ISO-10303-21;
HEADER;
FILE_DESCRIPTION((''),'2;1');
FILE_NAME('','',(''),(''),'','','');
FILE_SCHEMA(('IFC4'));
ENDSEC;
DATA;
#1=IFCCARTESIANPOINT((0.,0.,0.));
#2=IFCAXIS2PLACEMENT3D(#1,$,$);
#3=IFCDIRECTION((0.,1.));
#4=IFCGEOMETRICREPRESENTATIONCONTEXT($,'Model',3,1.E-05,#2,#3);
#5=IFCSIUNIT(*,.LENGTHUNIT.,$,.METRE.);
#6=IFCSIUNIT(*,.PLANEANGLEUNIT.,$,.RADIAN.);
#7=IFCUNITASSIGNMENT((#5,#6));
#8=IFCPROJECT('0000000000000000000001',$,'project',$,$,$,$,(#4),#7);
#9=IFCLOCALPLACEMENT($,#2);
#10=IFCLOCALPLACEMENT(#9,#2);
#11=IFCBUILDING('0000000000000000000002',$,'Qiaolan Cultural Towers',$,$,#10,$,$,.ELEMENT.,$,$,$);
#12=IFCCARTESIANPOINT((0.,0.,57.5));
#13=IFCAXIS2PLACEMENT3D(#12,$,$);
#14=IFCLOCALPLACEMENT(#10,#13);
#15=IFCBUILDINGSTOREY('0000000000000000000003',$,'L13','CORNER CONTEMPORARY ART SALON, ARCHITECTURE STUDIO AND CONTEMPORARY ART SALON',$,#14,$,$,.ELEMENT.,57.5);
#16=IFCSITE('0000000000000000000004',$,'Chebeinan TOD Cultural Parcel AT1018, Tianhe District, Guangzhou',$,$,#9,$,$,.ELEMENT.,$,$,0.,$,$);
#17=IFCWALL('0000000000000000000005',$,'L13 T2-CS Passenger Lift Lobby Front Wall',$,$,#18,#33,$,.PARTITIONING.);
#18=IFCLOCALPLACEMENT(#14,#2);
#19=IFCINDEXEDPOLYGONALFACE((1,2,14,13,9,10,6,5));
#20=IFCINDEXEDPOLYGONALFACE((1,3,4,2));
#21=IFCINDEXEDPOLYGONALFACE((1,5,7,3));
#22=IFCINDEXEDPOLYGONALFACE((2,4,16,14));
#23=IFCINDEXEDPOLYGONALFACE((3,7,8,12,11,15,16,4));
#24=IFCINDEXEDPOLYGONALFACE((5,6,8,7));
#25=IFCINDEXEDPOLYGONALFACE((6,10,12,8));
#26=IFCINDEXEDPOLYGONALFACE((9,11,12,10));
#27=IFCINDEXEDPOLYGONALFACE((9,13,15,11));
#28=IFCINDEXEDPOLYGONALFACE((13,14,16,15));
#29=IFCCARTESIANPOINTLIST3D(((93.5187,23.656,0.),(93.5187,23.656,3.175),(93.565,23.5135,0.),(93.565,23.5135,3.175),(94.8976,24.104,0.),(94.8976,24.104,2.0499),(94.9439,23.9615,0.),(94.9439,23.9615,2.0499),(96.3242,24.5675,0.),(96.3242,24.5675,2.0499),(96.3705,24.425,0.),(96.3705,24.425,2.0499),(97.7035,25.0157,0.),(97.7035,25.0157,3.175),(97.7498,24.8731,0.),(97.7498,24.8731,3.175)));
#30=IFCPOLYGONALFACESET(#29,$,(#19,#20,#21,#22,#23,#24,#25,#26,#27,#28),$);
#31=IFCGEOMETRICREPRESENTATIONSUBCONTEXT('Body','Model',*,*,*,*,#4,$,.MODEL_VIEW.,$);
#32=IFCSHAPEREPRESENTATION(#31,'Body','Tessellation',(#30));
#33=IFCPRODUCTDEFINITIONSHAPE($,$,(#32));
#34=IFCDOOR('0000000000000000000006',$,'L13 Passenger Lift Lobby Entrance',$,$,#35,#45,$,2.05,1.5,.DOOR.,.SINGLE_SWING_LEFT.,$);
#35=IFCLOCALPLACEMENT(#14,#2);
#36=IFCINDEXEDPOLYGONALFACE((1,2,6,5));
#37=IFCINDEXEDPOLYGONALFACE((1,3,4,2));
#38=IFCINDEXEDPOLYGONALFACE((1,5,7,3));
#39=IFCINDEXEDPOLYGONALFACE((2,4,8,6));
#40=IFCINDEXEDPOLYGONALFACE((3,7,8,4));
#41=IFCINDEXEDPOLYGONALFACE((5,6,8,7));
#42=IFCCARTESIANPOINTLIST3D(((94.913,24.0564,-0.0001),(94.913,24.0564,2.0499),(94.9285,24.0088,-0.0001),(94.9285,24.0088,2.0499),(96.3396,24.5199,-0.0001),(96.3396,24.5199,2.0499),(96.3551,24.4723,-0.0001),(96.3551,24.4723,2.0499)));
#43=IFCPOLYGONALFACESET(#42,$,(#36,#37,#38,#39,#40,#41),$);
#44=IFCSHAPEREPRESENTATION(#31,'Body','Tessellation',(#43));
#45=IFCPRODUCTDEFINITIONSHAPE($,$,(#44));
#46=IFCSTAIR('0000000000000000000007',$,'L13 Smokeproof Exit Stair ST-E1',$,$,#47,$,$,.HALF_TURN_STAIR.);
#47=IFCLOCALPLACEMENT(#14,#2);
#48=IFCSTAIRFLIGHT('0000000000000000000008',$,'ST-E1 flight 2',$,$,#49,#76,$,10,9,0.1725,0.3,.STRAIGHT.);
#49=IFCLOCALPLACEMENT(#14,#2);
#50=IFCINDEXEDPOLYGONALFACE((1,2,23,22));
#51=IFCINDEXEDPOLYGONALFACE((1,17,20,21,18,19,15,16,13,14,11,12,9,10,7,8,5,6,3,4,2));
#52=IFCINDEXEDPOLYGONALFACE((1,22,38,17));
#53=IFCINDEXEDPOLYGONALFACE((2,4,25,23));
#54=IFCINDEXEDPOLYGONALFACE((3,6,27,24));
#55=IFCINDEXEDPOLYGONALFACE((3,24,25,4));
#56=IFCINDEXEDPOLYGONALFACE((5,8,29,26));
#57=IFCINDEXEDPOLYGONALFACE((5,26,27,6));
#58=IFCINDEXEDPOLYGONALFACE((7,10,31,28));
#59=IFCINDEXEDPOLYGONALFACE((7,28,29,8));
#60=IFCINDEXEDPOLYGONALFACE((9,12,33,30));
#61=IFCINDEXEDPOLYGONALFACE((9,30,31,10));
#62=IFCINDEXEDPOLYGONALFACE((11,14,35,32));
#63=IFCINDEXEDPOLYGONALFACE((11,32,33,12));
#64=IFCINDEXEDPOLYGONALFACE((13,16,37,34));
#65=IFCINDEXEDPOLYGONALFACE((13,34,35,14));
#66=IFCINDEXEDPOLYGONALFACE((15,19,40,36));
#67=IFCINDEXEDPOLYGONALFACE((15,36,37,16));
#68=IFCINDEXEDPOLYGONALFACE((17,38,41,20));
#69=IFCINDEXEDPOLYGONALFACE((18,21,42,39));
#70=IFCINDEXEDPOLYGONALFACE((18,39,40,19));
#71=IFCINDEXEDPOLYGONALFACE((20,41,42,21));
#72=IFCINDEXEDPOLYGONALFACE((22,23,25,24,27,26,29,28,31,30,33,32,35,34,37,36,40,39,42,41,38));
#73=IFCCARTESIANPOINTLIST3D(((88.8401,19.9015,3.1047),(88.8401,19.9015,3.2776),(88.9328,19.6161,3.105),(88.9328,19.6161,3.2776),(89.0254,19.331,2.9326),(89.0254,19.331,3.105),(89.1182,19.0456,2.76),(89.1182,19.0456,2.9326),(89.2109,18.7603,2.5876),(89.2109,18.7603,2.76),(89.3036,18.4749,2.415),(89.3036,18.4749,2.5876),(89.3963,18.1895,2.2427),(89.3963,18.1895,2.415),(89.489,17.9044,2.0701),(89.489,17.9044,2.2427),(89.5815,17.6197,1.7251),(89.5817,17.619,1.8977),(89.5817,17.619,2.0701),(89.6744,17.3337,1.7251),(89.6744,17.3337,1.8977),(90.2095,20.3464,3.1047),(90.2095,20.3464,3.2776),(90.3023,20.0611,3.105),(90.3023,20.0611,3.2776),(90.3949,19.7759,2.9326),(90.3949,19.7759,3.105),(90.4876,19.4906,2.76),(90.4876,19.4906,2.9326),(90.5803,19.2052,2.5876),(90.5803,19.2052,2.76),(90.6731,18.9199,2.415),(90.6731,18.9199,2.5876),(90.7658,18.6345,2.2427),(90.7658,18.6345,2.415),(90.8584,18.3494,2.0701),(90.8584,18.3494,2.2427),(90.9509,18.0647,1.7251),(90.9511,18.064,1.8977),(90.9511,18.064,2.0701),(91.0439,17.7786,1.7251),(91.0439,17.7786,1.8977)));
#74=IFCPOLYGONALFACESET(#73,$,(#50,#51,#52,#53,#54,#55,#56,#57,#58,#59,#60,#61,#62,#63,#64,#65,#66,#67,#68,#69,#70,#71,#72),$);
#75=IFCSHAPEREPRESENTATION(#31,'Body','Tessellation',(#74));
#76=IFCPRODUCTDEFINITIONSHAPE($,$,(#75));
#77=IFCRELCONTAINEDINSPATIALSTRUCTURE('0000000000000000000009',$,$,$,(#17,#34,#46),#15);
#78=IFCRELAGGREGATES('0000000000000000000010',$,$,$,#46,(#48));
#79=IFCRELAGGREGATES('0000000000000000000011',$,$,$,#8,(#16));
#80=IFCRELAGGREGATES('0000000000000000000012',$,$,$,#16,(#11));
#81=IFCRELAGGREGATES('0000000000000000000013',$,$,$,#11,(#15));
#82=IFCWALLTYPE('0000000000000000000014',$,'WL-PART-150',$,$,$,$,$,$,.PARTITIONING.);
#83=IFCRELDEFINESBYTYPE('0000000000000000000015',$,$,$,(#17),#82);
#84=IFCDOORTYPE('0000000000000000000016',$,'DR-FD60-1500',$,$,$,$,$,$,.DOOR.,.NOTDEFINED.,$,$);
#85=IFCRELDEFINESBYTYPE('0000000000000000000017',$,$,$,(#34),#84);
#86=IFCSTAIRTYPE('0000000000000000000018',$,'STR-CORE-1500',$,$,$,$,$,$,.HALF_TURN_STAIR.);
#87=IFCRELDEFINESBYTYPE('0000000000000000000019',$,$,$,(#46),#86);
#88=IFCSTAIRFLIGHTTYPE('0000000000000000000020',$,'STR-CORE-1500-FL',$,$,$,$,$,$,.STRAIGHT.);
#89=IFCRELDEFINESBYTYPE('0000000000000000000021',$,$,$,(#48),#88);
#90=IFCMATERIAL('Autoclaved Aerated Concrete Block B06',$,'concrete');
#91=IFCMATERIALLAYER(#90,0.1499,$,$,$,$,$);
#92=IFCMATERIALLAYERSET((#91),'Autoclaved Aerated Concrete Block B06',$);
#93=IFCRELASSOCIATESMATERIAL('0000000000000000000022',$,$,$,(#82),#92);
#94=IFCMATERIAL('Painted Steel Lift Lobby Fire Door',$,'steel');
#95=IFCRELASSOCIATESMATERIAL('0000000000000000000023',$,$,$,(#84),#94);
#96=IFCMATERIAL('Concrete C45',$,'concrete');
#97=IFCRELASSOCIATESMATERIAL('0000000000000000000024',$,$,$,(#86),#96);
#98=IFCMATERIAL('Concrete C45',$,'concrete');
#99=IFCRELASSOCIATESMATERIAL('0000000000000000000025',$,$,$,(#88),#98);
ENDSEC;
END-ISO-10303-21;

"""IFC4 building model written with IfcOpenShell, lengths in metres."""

from ifc_helpers import new_model, si_unit, direction, frame, frame_2d, origin, place, context, subcontext, project, spatial, polyline, rectangle, outline, extrude, material, layer, layer_set, type_object, element, fill, aggregate, save


model = new_model("IFC4")

# Units and contexts
model_context = context("Model", 3, precision=1e-05, world=origin(), true_north=direction((0.0, 1.0)))
body_context = subcontext(model_context, "Body", "Model", "MODEL_VIEW")
ifc_project = project(units=[si_unit("LENGTHUNIT", "METRE"), si_unit("PLANEANGLEUNIT", "RADIAN")], contexts=[model_context])

# Site, building, storey
site_placement = place(None, origin())
site = spatial("IfcSite", under=ifc_project, at=site_placement, Name="Chebeinan TOD Cultural Parcel AT1018, Tianhe District, Guangzhou", CompositionType="ELEMENT", RefElevation=0.0)
building_placement = place(site_placement, origin())
building = spatial("IfcBuilding", under=site, at=building_placement, Name="Qiaolan Cultural Towers", CompositionType="ELEMENT")
storey_placement = place(building_placement, frame((0.0, 0.0, 57.5)))
storey = spatial("IfcBuildingStorey", under=building, at=storey_placement, Name="L13", Description="CORNER CONTEMPORARY ART SALON, ARCHITECTURE STUDIO AND CONTEMPORARY ART SALON", CompositionType="ELEMENT", Elevation=57.5)

# Wall, opening, door
ifc_material_1 = material(Name="Autoclaved Aerated Concrete Block B06", Category="concrete")
ifc_layer_1 = layer(ifc_material_1, 0.1499)
ifc_layer_set_1 = layer_set([ifc_layer_1], Name="Autoclaved Aerated Concrete Block B06")
wall_type_1 = type_object("IfcWallType", Name="WL-PART-150", PredefinedType="PARTITIONING", material=ifc_layer_set_1)
wall_1_placement = place(storey_placement, frame((93.5417, 23.5847, 0.0), z_axis=(0.0, 0.0, 1.0), x_axis=(0.951064, 0.308994, 0.0)))
wall_1 = element("IfcWall", 1, at=wall_1_placement, inside=storey, type_object=wall_type_1, Name="L13 T2-CS Passenger Lift Lobby Front Wall", PredefinedType="PARTITIONING", context=body_context, shape_type="SweptSolid", body=[
    extrude(rectangle(XDim=4.4001, YDim=0.1499, at=frame_2d((2.2002, 0.0))), origin(), (0.0, 0.0, 1.0), 3.175),
])
opening_1_placement = place(wall_1_placement, frame((1.45, 0.0, 0.0)))
opening_1 = element("IfcOpeningElement", 2, at=opening_1_placement, cuts=wall_1, PredefinedType="OPENING", context=body_context, shape_type="SweptSolid", body=[
    extrude(rectangle(XDim=1.5, YDim=2.05, at=frame_2d((0.75, 1.0249))), frame((0.0, 0.085, 0.0), z_axis=(0.0, -1.0, 0.0), x_axis=(1.0, 0.0, 0.0)), (0.0, 0.0, 1.0), 0.1699),
])
ifc_material_2 = material(Name="Painted Steel Lift Lobby Fire Door", Category="steel")
door_type_1 = type_object("IfcDoorType", Name="DR-FD60-1500", OperationType="NOTDEFINED", PredefinedType="DOOR", material=ifc_material_2)
door_1_placement = place(opening_1_placement, origin())
door_1 = element("IfcDoor", 3, at=door_1_placement, inside=storey, type_object=door_type_1, Name="L13 Passenger Lift Lobby Entrance", OperationType="SINGLE_SWING_LEFT", OverallHeight=2.05, OverallWidth=1.5, PredefinedType="DOOR", context=body_context, shape_type="SweptSolid", body=[
    extrude(rectangle(XDim=1.5, YDim=2.05, at=frame_2d((0.75, 1.0249))), frame((0.0, 0.0249, 0.0), z_axis=(0.0, -1.0, 0.0), x_axis=(1.0, 0.0, 0.0)), (0.0, 0.0, 1.0), 0.05),
])
fill(opening_1, door_1)

# Stair, stair flight
ifc_material_3 = material(Name="Concrete C45", Category="concrete")
stair_type = type_object("IfcStairType", Name="STR-CORE-1500", PredefinedType="HALF_TURN_STAIR", material=ifc_material_3)
stair_placement = place(storey_placement, origin())
stair = element("IfcStair", 4, at=stair_placement, inside=storey, type_object=stair_type, Name="L13 Smokeproof Exit Stair ST-E1", PredefinedType="HALF_TURN_STAIR")
ifc_material_4 = material(Name="Concrete C45", Category="concrete")
stair_flight_type = type_object("IfcStairFlightType", Name="STR-CORE-1500-FL", PredefinedType="STRAIGHT", material=ifc_material_4)
stair_flight_placement = place(storey_placement, frame((90.3591, 17.5562, 1.7251), z_axis=(0.0, 0.0, 1.0), x_axis=(-0.309017, 0.951057, 0.0)))
stair_flight = element("IfcStairFlight", 5, at=stair_flight_placement, type_object=stair_flight_type, Name="ST-E1 flight 2", NumberOfRisers=10, NumberOfTreads=9, PredefinedType="STRAIGHT", RiserHeight=0.1725, TreadLength=0.3, context=body_context, shape_type="SweptSolid", body=[
    extrude(outline(polyline([(0.0, 0.0), (0.0, 0.1726), (0.3, 0.1726), (0.3, 0.345), (0.6001, 0.345), (0.6001, 0.5176), (0.8999, 0.5176), (0.8999, 0.6899), (1.2, 0.6899), (1.2, 0.8625), (1.5, 0.8625), (1.5, 1.0349), (1.8, 1.0349), (1.8, 1.2075), (2.1001, 1.2075), (2.1001, 1.3799), (2.3999, 1.3799), (2.3999, 1.5525), (2.7, 1.5525), (2.7, 1.7251), (2.7, 1.3796), (0.3008, 0.0), (0.0, 0.0)])), frame((0.0, 0.72, 0.0), z_axis=(0.0, -1.0, 0.0), x_axis=(1.0, 0.0, 0.0)), (0.0, 0.0, 1.0), 1.4399),
])
aggregate(stair, [stair_flight])

save(model, "model.ifc")
